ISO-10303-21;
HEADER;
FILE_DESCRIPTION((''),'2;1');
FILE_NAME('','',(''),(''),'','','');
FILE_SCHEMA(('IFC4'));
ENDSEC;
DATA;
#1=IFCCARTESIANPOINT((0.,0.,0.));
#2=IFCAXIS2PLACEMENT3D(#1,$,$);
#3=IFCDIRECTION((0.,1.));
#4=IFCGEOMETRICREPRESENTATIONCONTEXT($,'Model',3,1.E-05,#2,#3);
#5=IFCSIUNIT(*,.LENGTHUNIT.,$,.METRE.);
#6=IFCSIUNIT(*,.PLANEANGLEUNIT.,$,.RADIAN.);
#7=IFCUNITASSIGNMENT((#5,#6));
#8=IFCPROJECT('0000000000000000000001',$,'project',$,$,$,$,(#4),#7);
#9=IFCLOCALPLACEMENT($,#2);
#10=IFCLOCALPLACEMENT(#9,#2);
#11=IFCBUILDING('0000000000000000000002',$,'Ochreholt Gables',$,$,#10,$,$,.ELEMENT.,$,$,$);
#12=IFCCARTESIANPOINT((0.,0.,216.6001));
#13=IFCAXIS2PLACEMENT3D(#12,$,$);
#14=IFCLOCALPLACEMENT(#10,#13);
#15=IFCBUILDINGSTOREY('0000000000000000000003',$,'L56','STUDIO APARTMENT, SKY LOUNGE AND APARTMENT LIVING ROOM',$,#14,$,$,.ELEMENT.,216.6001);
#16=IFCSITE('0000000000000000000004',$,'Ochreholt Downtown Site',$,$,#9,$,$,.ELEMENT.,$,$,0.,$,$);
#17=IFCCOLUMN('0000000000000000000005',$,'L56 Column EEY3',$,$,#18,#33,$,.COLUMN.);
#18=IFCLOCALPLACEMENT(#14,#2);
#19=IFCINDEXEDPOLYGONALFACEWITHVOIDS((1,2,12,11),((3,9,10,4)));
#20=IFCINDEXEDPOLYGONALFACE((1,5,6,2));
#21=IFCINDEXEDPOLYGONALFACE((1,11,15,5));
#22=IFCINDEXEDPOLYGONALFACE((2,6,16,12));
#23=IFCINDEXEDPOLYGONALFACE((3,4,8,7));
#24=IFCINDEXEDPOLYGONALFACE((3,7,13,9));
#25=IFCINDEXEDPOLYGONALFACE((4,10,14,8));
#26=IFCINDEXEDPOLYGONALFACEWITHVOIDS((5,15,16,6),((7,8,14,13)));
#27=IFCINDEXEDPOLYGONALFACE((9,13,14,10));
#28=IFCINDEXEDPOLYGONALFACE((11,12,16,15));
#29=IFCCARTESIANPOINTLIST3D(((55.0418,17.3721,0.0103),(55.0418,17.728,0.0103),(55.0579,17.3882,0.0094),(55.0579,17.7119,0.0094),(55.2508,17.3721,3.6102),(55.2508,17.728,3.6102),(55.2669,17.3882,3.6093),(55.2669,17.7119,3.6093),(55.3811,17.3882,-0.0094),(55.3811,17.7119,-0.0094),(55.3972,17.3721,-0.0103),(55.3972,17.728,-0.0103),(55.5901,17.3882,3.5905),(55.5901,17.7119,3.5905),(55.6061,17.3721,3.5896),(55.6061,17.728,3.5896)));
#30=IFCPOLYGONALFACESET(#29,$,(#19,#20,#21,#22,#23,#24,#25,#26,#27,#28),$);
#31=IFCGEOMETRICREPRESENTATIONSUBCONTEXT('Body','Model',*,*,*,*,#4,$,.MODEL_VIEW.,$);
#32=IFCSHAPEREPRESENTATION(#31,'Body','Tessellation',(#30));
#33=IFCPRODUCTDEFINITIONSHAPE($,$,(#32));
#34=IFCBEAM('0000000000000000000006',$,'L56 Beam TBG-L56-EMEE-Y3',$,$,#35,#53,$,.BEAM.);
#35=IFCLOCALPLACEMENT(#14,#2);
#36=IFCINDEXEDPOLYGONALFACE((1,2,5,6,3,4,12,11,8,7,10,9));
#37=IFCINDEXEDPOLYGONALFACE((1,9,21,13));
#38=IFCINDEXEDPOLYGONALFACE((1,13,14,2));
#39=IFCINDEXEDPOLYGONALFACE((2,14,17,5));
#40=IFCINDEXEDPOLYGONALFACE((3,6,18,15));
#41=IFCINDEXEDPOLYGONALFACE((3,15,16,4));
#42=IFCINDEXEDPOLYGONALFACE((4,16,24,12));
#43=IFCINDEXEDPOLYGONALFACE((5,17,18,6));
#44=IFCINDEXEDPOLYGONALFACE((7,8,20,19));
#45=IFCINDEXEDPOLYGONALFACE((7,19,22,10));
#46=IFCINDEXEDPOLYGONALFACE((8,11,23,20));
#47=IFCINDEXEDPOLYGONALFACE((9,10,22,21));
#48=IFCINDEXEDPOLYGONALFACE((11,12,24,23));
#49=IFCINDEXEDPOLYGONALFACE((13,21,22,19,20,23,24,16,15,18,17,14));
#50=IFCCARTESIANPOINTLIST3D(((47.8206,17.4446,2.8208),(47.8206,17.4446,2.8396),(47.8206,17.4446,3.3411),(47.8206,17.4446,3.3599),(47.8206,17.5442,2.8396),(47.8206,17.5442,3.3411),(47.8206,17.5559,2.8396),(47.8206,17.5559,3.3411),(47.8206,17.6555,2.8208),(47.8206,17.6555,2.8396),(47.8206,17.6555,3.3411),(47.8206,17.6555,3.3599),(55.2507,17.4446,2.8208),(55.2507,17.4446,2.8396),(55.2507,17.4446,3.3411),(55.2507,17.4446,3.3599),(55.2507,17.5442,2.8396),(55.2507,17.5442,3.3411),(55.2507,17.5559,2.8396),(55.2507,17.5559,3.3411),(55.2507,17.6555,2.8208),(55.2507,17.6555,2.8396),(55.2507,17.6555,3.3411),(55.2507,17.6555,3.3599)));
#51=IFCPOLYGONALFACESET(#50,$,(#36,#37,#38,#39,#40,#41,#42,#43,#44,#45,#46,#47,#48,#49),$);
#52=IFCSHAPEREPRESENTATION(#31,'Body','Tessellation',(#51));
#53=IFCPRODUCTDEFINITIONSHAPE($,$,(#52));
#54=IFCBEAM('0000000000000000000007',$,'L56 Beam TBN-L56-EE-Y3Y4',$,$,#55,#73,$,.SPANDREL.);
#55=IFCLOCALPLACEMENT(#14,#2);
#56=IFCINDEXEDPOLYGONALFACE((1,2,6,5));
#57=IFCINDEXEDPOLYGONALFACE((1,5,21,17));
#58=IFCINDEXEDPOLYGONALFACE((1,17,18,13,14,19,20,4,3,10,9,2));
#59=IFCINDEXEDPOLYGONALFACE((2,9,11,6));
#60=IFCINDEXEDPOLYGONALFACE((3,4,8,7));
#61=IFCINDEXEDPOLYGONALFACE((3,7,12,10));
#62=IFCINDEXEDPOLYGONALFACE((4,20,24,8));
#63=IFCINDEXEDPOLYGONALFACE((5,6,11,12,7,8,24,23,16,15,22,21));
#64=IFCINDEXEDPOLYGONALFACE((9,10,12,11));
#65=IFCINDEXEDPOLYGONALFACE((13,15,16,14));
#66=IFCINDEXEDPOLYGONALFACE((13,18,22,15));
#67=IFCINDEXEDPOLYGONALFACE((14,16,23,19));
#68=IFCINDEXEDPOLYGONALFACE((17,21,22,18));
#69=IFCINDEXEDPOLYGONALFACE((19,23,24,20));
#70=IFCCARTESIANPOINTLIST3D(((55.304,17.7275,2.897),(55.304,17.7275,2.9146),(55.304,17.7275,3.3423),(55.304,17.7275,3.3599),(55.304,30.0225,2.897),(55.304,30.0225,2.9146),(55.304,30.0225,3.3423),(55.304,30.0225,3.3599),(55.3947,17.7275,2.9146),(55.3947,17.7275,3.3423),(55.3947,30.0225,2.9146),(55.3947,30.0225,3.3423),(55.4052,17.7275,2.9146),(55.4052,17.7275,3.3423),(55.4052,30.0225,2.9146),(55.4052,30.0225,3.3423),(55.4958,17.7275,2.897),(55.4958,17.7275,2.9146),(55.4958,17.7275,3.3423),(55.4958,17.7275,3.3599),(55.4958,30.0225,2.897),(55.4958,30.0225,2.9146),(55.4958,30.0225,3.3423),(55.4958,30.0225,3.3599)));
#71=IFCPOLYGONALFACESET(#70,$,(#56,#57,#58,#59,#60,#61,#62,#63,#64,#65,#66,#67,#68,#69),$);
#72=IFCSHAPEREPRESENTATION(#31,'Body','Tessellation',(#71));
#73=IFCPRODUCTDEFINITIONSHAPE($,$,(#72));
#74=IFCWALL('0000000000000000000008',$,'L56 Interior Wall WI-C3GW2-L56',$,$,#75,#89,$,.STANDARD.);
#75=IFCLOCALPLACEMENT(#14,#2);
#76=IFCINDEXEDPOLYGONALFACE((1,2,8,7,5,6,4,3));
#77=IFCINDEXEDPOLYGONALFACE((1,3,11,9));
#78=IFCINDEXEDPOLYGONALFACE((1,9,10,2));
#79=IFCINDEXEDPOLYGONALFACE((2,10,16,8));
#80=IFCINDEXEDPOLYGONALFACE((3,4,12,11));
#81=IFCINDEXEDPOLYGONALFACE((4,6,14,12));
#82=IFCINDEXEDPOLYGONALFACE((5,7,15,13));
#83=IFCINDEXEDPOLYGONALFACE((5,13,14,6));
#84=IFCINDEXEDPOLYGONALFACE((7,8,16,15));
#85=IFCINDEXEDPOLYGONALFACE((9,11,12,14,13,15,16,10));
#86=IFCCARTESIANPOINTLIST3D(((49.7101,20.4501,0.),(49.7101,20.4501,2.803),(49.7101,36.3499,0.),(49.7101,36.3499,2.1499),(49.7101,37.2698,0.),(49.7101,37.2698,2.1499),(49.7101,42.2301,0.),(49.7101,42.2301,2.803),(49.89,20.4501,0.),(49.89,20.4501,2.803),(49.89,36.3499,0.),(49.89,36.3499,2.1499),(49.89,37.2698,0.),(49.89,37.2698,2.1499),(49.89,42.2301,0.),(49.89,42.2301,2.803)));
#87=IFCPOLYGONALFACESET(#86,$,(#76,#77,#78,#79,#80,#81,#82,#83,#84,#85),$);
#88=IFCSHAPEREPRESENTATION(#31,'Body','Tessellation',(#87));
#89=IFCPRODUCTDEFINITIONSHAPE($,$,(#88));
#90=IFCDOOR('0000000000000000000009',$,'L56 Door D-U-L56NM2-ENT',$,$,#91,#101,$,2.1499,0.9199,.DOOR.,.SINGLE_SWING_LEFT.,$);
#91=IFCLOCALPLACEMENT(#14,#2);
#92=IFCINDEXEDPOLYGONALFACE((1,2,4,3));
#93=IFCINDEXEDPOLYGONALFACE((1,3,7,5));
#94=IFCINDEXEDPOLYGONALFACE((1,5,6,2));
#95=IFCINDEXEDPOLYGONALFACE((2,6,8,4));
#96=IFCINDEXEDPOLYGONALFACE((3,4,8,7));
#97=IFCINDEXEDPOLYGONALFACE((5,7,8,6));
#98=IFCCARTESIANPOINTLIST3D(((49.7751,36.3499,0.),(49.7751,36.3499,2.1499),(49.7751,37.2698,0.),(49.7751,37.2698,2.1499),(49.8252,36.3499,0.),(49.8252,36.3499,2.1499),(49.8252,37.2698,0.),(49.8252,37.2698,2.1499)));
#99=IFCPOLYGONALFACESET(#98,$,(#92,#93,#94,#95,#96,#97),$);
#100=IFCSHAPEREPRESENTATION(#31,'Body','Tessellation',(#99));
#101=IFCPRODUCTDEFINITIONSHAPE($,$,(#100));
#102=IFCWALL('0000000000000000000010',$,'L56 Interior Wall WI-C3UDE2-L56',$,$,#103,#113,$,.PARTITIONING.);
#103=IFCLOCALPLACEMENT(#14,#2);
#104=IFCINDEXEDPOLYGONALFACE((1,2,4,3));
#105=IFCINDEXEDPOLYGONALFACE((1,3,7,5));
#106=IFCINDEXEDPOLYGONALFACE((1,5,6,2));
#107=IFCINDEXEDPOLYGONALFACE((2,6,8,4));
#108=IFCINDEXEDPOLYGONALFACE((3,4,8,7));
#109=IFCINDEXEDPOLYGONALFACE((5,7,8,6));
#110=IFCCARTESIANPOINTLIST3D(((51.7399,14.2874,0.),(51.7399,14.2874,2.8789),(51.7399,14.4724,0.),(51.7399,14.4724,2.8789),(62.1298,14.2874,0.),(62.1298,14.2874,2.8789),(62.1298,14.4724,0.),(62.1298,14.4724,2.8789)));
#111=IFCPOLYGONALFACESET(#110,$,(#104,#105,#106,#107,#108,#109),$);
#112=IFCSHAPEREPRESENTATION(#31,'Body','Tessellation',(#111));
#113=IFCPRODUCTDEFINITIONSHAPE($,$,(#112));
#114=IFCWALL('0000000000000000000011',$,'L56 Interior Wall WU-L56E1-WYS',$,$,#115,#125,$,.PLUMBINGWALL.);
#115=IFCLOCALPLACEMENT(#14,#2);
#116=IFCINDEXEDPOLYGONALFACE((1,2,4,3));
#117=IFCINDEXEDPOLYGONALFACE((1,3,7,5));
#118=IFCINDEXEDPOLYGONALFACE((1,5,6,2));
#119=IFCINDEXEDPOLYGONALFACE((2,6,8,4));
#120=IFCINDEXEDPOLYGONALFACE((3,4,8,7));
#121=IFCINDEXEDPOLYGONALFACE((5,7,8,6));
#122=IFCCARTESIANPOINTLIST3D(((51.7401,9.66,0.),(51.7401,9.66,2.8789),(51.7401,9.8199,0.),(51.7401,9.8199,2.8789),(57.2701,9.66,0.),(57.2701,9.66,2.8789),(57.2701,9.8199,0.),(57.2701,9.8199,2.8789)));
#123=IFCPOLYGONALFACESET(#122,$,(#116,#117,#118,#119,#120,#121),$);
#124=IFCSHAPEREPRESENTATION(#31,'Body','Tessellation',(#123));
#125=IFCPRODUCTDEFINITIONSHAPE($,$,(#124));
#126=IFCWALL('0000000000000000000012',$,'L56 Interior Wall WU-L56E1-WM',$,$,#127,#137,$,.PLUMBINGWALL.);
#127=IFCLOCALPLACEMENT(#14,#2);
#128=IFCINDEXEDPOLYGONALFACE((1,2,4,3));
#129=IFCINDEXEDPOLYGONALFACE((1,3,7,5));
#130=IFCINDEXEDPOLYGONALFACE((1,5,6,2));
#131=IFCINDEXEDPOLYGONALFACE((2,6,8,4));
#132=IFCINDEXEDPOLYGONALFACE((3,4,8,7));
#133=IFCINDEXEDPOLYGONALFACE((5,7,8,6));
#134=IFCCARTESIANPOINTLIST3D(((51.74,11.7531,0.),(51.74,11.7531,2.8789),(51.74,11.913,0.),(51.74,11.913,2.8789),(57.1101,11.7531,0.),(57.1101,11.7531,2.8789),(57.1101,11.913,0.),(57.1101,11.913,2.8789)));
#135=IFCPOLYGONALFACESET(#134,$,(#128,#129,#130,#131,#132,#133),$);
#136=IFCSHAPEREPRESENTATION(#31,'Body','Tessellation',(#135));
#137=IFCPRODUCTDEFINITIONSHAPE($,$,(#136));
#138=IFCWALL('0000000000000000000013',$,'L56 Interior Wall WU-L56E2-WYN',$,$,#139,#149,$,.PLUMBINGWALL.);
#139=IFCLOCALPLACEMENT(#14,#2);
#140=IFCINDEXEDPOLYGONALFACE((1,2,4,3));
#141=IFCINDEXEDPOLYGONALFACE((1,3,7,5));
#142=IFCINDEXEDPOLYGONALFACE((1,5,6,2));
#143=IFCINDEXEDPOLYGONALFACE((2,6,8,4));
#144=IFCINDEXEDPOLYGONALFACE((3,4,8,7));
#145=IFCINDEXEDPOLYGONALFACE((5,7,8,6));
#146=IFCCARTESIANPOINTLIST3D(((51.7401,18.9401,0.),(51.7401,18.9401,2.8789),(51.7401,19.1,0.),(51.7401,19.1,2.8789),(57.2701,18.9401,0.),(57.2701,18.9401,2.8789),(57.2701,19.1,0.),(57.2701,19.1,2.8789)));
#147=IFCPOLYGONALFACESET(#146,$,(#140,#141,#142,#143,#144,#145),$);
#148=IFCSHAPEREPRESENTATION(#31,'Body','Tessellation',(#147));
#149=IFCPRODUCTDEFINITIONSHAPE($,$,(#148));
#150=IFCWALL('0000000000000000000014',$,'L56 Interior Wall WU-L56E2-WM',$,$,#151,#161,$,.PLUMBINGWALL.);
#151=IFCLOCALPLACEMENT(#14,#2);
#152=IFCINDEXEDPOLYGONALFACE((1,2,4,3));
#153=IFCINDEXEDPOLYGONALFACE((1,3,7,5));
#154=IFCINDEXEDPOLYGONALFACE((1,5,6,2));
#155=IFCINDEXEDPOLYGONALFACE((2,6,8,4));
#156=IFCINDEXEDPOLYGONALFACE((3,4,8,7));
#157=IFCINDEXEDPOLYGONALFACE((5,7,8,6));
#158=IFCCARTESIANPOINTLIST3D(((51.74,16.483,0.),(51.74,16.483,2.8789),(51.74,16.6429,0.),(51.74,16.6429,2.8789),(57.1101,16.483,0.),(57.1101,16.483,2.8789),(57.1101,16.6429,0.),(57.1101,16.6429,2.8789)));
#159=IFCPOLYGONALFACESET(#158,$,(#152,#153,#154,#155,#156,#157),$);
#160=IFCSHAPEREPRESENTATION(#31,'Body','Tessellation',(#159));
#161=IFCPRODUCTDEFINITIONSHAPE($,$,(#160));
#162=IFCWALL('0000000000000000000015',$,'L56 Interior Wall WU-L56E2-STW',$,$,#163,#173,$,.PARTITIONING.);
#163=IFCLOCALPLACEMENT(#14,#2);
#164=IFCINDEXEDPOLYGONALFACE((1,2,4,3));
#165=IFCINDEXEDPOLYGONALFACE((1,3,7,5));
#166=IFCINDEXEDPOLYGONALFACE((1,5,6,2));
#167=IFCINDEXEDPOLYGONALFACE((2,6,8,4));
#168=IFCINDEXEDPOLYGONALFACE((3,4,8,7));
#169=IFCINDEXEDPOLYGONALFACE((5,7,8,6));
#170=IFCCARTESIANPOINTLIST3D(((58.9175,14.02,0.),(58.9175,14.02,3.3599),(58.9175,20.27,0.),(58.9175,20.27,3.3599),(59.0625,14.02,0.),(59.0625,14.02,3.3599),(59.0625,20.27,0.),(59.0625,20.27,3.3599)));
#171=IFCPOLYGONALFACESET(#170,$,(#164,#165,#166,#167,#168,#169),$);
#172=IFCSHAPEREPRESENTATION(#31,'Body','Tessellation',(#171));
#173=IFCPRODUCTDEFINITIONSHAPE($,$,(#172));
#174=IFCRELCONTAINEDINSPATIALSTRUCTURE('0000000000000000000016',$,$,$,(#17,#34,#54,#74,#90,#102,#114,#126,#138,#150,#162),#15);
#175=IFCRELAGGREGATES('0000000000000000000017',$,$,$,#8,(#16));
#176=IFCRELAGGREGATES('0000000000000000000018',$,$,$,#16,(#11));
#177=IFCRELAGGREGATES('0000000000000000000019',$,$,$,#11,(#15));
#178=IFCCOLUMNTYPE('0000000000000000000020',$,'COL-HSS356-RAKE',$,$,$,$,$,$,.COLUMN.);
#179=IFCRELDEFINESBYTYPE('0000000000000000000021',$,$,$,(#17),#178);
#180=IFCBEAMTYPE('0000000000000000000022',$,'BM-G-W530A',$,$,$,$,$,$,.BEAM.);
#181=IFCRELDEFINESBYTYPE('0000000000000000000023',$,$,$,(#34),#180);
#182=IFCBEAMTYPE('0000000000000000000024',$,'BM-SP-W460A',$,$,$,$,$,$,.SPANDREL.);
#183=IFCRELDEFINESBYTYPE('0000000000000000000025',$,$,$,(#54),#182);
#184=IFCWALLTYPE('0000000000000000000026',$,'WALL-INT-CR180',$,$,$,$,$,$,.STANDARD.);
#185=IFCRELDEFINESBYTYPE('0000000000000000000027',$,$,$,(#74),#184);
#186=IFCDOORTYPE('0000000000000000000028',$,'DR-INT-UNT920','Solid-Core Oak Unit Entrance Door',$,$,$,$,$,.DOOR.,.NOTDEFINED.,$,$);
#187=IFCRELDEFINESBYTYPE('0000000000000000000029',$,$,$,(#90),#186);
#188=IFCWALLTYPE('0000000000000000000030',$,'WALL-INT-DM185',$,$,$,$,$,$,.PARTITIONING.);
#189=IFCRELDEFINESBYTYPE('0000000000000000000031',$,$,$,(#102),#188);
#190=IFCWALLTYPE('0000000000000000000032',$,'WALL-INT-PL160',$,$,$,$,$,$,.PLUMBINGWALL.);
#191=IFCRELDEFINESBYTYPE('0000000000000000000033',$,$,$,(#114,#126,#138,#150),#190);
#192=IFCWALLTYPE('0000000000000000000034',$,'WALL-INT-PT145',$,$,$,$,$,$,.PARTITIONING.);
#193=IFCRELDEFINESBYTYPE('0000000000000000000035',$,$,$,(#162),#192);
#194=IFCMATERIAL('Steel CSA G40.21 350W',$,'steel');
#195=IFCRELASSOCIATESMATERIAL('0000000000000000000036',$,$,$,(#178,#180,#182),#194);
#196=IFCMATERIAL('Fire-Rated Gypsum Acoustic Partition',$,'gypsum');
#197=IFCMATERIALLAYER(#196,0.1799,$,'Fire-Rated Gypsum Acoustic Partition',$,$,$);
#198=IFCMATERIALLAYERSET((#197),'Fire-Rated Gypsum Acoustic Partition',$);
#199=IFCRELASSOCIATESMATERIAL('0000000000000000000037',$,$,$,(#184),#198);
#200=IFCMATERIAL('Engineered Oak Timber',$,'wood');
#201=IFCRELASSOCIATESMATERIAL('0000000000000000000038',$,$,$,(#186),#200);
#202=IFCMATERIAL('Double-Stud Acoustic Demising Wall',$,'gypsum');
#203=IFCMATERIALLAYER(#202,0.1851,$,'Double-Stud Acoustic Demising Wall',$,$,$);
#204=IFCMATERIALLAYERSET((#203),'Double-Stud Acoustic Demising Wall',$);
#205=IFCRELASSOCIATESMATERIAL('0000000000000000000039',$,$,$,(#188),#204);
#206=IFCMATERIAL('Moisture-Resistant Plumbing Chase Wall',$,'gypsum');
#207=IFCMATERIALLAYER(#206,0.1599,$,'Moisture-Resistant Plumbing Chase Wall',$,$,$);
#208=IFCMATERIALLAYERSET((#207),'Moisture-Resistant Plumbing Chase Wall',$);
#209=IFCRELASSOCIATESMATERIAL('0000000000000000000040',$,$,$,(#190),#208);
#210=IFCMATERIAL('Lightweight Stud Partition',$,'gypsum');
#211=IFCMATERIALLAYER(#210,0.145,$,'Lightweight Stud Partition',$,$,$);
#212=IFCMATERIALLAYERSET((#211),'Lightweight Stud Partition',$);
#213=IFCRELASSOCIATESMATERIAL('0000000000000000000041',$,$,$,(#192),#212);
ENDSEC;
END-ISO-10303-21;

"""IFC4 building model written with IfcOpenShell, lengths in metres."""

from ifc_helpers import new_model, si_unit, direction, frame, frame_2d, origin, origin_2d, place, context, subcontext, project, spatial, rectangle, hollow_rectangle, i_section, extrude, material, layer, layer_set, material_profile, profile_set, type_object, element, fill, save


model = new_model("IFC4")

# Units and contexts
model_context = context("Model", 3, precision=1e-05, world=origin(), true_north=direction((0.0, 1.0)))
body_context = subcontext(model_context, "Body", "Model", "MODEL_VIEW")
ifc_project = project(units=[si_unit("LENGTHUNIT", "METRE"), si_unit("PLANEANGLEUNIT", "RADIAN")], contexts=[model_context])

# Site, building, storey
site_placement = place(None, origin())
site = spatial("IfcSite", under=ifc_project, at=site_placement, Name="Ochreholt Downtown Site", CompositionType="ELEMENT", RefElevation=0.0)
building_placement = place(site_placement, origin())
building = spatial("IfcBuilding", under=site, at=building_placement, Name="Ochreholt Gables", CompositionType="ELEMENT")
storey_placement = place(building_placement, frame((0.0, 0.0, 216.6001)))
storey = spatial("IfcBuildingStorey", under=building, at=storey_placement, Name="L56", Description="STUDIO APARTMENT, SKY LOUNGE AND APARTMENT LIVING ROOM", CompositionType="ELEMENT", Elevation=216.6001)

# Column
ifc_material_1 = material(Name="Steel CSA G40.21 350W", Category="steel")
ifc_material_profile_1 = material_profile(ifc_material_1, hollow_rectangle(XDim=0.356, YDim=0.356, WallThickness=0.0161, at=origin_2d()), Name="HSS356X356X16")
ifc_profile_set_1 = profile_set([ifc_material_profile_1], Name="Steel CSA G40.21 350W")
column_type = type_object("IfcColumnType", Name="COL-HSS356-RAKE", PredefinedType="COLUMN", material=ifc_profile_set_1)
column_placement = place(storey_placement, frame((55.2195, 17.55, 0.0), z_axis=(0.057956, 0.0, 0.998319), x_axis=(0.0, 1.0, 0.0)))
element("IfcColumn", 1, at=column_placement, inside=storey, type_object=column_type, Name="L56 Column EEY3", PredefinedType="COLUMN", context=body_context, shape_type="SweptSolid", body=[
    extrude(hollow_rectangle(XDim=0.356, YDim=0.356, WallThickness=0.0161, at=origin_2d()), origin(), (0.0, 0.0, 1.0), 3.606),
])

# Beams
ifc_material_profile_2 = material_profile(ifc_material_1, i_section(OverallWidth=0.2109, OverallDepth=0.5391, WebThickness=0.0117, FlangeThickness=0.0188, at=origin_2d()), Name="W530X109")
ifc_profile_set_2 = profile_set([ifc_material_profile_2], Name="Steel CSA G40.21 350W")
beam_type_1 = type_object("IfcBeamType", Name="BM-G-W530A", PredefinedType="BEAM", material=ifc_profile_set_2)
beam_1_placement = place(storey_placement, frame((47.8206, 17.55, 3.0903), z_axis=(1.0, 0.0, 0.0), x_axis=(0.0, 1.0, 0.0)))
element("IfcBeam", 2, at=beam_1_placement, inside=storey, type_object=beam_type_1, Name="L56 Beam TBG-L56-EMEE-Y3", PredefinedType="BEAM", context=body_context, shape_type="SweptSolid", body=[
    extrude(i_section(OverallWidth=0.2109, OverallDepth=0.5391, WebThickness=0.0117, FlangeThickness=0.0188, at=origin_2d()), origin(), (0.0, 0.0, 1.0), 7.4302),
])
ifc_material_profile_3 = material_profile(ifc_material_1, i_section(OverallWidth=0.1919, OverallDepth=0.4629, WebThickness=0.0105, FlangeThickness=0.0176, at=origin_2d()), Name="W460X89")
ifc_profile_set_3 = profile_set([ifc_material_profile_3], Name="Steel CSA G40.21 350W")
beam_type_2 = type_object("IfcBeamType", Name="BM-SP-W460A", PredefinedType="SPANDREL", material=ifc_profile_set_3)
beam_2_placement = place(storey_placement, frame((55.3999, 17.7275, 3.1284), z_axis=(0.0, 1.0, 0.0), x_axis=(-1.0, 0.0, 0.0)))
element("IfcBeam", 3, at=beam_2_placement, inside=storey, type_object=beam_type_2, Name="L56 Beam TBN-L56-EE-Y3Y4", PredefinedType="SPANDREL", context=body_context, shape_type="SweptSolid", body=[
    extrude(i_section(OverallWidth=0.1919, OverallDepth=0.4629, WebThickness=0.0105, FlangeThickness=0.0176, at=origin_2d()), origin(), (0.0, 0.0, 1.0), 12.2949),
])

# Wall, opening, door
ifc_material_2 = material(Name="Fire-Rated Gypsum Acoustic Partition", Category="gypsum")
ifc_layer_1 = layer(ifc_material_2, 0.1799, Name="Fire-Rated Gypsum Acoustic Partition")
ifc_layer_set_1 = layer_set([ifc_layer_1], Name="Fire-Rated Gypsum Acoustic Partition")
wall_type_1 = type_object("IfcWallType", Name="WALL-INT-CR180", PredefinedType="STANDARD", material=ifc_layer_set_1)
wall_1_placement = place(storey_placement, frame((49.8, 20.45, 0.0), z_axis=(0.0, 0.0, 1.0), x_axis=(0.0, 1.0, 0.0)))
wall_1 = element("IfcWall", 4, at=wall_1_placement, inside=storey, type_object=wall_type_1, Name="L56 Interior Wall WI-C3GW2-L56", PredefinedType="STANDARD", context=body_context, shape_type="SweptSolid", body=[
    extrude(rectangle(XDim=21.78, YDim=0.1799, at=frame_2d((10.8901, 0.0))), origin(), (0.0, 0.0, 1.0), 2.803),
])
opening_1_placement = place(wall_1_placement, frame((15.8999, 0.0, 0.0)))
opening_1 = element("IfcOpeningElement", 5, at=opening_1_placement, cuts=wall_1, PredefinedType="OPENING", context=body_context, shape_type="SweptSolid", body=[
    extrude(rectangle(XDim=0.9199, YDim=2.1499, at=frame_2d((0.46, 1.075))), frame((0.0, 0.0999, 0.0), z_axis=(0.0, -1.0, 0.0), x_axis=(1.0, 0.0, 0.0)), (0.0, 0.0, 1.0), 0.2),
])
ifc_material_3 = material(Name="Engineered Oak Timber", Category="wood")
door_type_1 = type_object("IfcDoorType", Name="DR-INT-UNT920", Description="Solid-Core Oak Unit Entrance Door", OperationType="NOTDEFINED", PredefinedType="DOOR", material=ifc_material_3)
door_1_placement = place(opening_1_placement, origin())
door_1 = element("IfcDoor", 6, at=door_1_placement, inside=storey, type_object=door_type_1, Name="L56 Door D-U-L56NM2-ENT", OperationType="SINGLE_SWING_LEFT", OverallHeight=2.1499, OverallWidth=0.9199, PredefinedType="DOOR", context=body_context, shape_type="SweptSolid", body=[
    extrude(rectangle(XDim=0.9199, YDim=2.1499, at=frame_2d((0.46, 1.075))), frame((0.0, 0.0249, 0.0), z_axis=(0.0, -1.0, 0.0), x_axis=(1.0, 0.0, 0.0)), (0.0, 0.0, 1.0), 0.05),
])
fill(opening_1, door_1)

# Walls
ifc_material_4 = material(Name="Double-Stud Acoustic Demising Wall", Category="gypsum")
ifc_layer_2 = layer(ifc_material_4, 0.1851, Name="Double-Stud Acoustic Demising Wall")
ifc_layer_set_2 = layer_set([ifc_layer_2], Name="Double-Stud Acoustic Demising Wall")
wall_type_2 = type_object("IfcWallType", Name="WALL-INT-DM185", PredefinedType="PARTITIONING", material=ifc_layer_set_2)
wall_2_placement = place(storey_placement, frame((51.74, 14.3799, 0.0), z_axis=(0.0, 0.0, 1.0), x_axis=(1.0, 0.0, 0.0)))
element("IfcWall", 7, at=wall_2_placement, inside=storey, type_object=wall_type_2, Name="L56 Interior Wall WI-C3UDE2-L56", PredefinedType="PARTITIONING", context=body_context, shape_type="SweptSolid", body=[
    extrude(rectangle(XDim=10.3899, YDim=0.1851, at=frame_2d((5.1948, 0.0))), origin(), (0.0, 0.0, 1.0), 2.8789),
])
ifc_material_5 = material(Name="Moisture-Resistant Plumbing Chase Wall", Category="gypsum")
ifc_layer_3 = layer(ifc_material_5, 0.1599, Name="Moisture-Resistant Plumbing Chase Wall")
ifc_layer_set_3 = layer_set([ifc_layer_3], Name="Moisture-Resistant Plumbing Chase Wall")
wall_type_3 = type_object("IfcWallType", Name="WALL-INT-PL160", PredefinedType="PLUMBINGWALL", material=ifc_layer_set_3)
wall_3_placement = place(storey_placement, frame((51.74, 9.74, 0.0), z_axis=(0.0, 0.0, 1.0), x_axis=(1.0, 0.0, 0.0)))
element("IfcWall", 8, at=wall_3_placement, inside=storey, type_object=wall_type_3, Name="L56 Interior Wall WU-L56E1-WYS", PredefinedType="PLUMBINGWALL", context=body_context, shape_type="SweptSolid", body=[
    extrude(rectangle(XDim=5.53, YDim=0.1599, at=frame_2d((2.7651, 0.0))), origin(), (0.0, 0.0, 1.0), 2.8789),
])
wall_4_placement = place(storey_placement, frame((51.74, 11.833, 0.0), z_axis=(0.0, 0.0, 1.0), x_axis=(1.0, 0.0, 0.0)))
element("IfcWall", 9, at=wall_4_placement, inside=storey, type_object=wall_type_3, Name="L56 Interior Wall WU-L56E1-WM", PredefinedType="PLUMBINGWALL", context=body_context, shape_type="SweptSolid", body=[
    extrude(rectangle(XDim=5.3701, YDim=0.1599, at=frame_2d((2.6851, 0.0))), origin(), (0.0, 0.0, 1.0), 2.8789),
])
wall_5_placement = place(storey_placement, frame((51.74, 19.02, 0.0), z_axis=(0.0, 0.0, 1.0), x_axis=(1.0, 0.0, 0.0)))
element("IfcWall", 10, at=wall_5_placement, inside=storey, type_object=wall_type_3, Name="L56 Interior Wall WU-L56E2-WYN", PredefinedType="PLUMBINGWALL", context=body_context, shape_type="SweptSolid", body=[
    extrude(rectangle(XDim=5.53, YDim=0.1599, at=frame_2d((2.7651, 0.0))), origin(), (0.0, 0.0, 1.0), 2.8789),
])

# Walls
wall_6_placement = place(storey_placement, frame((51.74, 16.563, 0.0), z_axis=(0.0, 0.0, 1.0), x_axis=(1.0, 0.0, 0.0)))
element("IfcWall", 11, at=wall_6_placement, inside=storey, type_object=wall_type_3, Name="L56 Interior Wall WU-L56E2-WM", PredefinedType="PLUMBINGWALL", context=body_context, shape_type="SweptSolid", body=[
    extrude(rectangle(XDim=5.3701, YDim=0.1599, at=frame_2d((2.6851, 0.0))), origin(), (0.0, 0.0, 1.0), 2.8789),
])
ifc_material_6 = material(Name="Lightweight Stud Partition", Category="gypsum")
ifc_layer_4 = layer(ifc_material_6, 0.145, Name="Lightweight Stud Partition")
ifc_layer_set_4 = layer_set([ifc_layer_4], Name="Lightweight Stud Partition")
wall_type_4 = type_object("IfcWallType", Name="WALL-INT-PT145", PredefinedType="PARTITIONING", material=ifc_layer_set_4)
wall_7_placement = place(storey_placement, frame((58.99, 14.02, 0.0), z_axis=(0.0, 0.0, 1.0), x_axis=(0.0, 1.0, 0.0)))
element("IfcWall", 12, at=wall_7_placement, inside=storey, type_object=wall_type_4, Name="L56 Interior Wall WU-L56E2-STW", PredefinedType="PARTITIONING", context=body_context, shape_type="SweptSolid", body=[
    extrude(rectangle(XDim=6.25, YDim=0.145, at=frame_2d((3.125, 0.0))), origin(), (0.0, 0.0, 1.0), 3.3599),
])

save(model, "model.ifc")
